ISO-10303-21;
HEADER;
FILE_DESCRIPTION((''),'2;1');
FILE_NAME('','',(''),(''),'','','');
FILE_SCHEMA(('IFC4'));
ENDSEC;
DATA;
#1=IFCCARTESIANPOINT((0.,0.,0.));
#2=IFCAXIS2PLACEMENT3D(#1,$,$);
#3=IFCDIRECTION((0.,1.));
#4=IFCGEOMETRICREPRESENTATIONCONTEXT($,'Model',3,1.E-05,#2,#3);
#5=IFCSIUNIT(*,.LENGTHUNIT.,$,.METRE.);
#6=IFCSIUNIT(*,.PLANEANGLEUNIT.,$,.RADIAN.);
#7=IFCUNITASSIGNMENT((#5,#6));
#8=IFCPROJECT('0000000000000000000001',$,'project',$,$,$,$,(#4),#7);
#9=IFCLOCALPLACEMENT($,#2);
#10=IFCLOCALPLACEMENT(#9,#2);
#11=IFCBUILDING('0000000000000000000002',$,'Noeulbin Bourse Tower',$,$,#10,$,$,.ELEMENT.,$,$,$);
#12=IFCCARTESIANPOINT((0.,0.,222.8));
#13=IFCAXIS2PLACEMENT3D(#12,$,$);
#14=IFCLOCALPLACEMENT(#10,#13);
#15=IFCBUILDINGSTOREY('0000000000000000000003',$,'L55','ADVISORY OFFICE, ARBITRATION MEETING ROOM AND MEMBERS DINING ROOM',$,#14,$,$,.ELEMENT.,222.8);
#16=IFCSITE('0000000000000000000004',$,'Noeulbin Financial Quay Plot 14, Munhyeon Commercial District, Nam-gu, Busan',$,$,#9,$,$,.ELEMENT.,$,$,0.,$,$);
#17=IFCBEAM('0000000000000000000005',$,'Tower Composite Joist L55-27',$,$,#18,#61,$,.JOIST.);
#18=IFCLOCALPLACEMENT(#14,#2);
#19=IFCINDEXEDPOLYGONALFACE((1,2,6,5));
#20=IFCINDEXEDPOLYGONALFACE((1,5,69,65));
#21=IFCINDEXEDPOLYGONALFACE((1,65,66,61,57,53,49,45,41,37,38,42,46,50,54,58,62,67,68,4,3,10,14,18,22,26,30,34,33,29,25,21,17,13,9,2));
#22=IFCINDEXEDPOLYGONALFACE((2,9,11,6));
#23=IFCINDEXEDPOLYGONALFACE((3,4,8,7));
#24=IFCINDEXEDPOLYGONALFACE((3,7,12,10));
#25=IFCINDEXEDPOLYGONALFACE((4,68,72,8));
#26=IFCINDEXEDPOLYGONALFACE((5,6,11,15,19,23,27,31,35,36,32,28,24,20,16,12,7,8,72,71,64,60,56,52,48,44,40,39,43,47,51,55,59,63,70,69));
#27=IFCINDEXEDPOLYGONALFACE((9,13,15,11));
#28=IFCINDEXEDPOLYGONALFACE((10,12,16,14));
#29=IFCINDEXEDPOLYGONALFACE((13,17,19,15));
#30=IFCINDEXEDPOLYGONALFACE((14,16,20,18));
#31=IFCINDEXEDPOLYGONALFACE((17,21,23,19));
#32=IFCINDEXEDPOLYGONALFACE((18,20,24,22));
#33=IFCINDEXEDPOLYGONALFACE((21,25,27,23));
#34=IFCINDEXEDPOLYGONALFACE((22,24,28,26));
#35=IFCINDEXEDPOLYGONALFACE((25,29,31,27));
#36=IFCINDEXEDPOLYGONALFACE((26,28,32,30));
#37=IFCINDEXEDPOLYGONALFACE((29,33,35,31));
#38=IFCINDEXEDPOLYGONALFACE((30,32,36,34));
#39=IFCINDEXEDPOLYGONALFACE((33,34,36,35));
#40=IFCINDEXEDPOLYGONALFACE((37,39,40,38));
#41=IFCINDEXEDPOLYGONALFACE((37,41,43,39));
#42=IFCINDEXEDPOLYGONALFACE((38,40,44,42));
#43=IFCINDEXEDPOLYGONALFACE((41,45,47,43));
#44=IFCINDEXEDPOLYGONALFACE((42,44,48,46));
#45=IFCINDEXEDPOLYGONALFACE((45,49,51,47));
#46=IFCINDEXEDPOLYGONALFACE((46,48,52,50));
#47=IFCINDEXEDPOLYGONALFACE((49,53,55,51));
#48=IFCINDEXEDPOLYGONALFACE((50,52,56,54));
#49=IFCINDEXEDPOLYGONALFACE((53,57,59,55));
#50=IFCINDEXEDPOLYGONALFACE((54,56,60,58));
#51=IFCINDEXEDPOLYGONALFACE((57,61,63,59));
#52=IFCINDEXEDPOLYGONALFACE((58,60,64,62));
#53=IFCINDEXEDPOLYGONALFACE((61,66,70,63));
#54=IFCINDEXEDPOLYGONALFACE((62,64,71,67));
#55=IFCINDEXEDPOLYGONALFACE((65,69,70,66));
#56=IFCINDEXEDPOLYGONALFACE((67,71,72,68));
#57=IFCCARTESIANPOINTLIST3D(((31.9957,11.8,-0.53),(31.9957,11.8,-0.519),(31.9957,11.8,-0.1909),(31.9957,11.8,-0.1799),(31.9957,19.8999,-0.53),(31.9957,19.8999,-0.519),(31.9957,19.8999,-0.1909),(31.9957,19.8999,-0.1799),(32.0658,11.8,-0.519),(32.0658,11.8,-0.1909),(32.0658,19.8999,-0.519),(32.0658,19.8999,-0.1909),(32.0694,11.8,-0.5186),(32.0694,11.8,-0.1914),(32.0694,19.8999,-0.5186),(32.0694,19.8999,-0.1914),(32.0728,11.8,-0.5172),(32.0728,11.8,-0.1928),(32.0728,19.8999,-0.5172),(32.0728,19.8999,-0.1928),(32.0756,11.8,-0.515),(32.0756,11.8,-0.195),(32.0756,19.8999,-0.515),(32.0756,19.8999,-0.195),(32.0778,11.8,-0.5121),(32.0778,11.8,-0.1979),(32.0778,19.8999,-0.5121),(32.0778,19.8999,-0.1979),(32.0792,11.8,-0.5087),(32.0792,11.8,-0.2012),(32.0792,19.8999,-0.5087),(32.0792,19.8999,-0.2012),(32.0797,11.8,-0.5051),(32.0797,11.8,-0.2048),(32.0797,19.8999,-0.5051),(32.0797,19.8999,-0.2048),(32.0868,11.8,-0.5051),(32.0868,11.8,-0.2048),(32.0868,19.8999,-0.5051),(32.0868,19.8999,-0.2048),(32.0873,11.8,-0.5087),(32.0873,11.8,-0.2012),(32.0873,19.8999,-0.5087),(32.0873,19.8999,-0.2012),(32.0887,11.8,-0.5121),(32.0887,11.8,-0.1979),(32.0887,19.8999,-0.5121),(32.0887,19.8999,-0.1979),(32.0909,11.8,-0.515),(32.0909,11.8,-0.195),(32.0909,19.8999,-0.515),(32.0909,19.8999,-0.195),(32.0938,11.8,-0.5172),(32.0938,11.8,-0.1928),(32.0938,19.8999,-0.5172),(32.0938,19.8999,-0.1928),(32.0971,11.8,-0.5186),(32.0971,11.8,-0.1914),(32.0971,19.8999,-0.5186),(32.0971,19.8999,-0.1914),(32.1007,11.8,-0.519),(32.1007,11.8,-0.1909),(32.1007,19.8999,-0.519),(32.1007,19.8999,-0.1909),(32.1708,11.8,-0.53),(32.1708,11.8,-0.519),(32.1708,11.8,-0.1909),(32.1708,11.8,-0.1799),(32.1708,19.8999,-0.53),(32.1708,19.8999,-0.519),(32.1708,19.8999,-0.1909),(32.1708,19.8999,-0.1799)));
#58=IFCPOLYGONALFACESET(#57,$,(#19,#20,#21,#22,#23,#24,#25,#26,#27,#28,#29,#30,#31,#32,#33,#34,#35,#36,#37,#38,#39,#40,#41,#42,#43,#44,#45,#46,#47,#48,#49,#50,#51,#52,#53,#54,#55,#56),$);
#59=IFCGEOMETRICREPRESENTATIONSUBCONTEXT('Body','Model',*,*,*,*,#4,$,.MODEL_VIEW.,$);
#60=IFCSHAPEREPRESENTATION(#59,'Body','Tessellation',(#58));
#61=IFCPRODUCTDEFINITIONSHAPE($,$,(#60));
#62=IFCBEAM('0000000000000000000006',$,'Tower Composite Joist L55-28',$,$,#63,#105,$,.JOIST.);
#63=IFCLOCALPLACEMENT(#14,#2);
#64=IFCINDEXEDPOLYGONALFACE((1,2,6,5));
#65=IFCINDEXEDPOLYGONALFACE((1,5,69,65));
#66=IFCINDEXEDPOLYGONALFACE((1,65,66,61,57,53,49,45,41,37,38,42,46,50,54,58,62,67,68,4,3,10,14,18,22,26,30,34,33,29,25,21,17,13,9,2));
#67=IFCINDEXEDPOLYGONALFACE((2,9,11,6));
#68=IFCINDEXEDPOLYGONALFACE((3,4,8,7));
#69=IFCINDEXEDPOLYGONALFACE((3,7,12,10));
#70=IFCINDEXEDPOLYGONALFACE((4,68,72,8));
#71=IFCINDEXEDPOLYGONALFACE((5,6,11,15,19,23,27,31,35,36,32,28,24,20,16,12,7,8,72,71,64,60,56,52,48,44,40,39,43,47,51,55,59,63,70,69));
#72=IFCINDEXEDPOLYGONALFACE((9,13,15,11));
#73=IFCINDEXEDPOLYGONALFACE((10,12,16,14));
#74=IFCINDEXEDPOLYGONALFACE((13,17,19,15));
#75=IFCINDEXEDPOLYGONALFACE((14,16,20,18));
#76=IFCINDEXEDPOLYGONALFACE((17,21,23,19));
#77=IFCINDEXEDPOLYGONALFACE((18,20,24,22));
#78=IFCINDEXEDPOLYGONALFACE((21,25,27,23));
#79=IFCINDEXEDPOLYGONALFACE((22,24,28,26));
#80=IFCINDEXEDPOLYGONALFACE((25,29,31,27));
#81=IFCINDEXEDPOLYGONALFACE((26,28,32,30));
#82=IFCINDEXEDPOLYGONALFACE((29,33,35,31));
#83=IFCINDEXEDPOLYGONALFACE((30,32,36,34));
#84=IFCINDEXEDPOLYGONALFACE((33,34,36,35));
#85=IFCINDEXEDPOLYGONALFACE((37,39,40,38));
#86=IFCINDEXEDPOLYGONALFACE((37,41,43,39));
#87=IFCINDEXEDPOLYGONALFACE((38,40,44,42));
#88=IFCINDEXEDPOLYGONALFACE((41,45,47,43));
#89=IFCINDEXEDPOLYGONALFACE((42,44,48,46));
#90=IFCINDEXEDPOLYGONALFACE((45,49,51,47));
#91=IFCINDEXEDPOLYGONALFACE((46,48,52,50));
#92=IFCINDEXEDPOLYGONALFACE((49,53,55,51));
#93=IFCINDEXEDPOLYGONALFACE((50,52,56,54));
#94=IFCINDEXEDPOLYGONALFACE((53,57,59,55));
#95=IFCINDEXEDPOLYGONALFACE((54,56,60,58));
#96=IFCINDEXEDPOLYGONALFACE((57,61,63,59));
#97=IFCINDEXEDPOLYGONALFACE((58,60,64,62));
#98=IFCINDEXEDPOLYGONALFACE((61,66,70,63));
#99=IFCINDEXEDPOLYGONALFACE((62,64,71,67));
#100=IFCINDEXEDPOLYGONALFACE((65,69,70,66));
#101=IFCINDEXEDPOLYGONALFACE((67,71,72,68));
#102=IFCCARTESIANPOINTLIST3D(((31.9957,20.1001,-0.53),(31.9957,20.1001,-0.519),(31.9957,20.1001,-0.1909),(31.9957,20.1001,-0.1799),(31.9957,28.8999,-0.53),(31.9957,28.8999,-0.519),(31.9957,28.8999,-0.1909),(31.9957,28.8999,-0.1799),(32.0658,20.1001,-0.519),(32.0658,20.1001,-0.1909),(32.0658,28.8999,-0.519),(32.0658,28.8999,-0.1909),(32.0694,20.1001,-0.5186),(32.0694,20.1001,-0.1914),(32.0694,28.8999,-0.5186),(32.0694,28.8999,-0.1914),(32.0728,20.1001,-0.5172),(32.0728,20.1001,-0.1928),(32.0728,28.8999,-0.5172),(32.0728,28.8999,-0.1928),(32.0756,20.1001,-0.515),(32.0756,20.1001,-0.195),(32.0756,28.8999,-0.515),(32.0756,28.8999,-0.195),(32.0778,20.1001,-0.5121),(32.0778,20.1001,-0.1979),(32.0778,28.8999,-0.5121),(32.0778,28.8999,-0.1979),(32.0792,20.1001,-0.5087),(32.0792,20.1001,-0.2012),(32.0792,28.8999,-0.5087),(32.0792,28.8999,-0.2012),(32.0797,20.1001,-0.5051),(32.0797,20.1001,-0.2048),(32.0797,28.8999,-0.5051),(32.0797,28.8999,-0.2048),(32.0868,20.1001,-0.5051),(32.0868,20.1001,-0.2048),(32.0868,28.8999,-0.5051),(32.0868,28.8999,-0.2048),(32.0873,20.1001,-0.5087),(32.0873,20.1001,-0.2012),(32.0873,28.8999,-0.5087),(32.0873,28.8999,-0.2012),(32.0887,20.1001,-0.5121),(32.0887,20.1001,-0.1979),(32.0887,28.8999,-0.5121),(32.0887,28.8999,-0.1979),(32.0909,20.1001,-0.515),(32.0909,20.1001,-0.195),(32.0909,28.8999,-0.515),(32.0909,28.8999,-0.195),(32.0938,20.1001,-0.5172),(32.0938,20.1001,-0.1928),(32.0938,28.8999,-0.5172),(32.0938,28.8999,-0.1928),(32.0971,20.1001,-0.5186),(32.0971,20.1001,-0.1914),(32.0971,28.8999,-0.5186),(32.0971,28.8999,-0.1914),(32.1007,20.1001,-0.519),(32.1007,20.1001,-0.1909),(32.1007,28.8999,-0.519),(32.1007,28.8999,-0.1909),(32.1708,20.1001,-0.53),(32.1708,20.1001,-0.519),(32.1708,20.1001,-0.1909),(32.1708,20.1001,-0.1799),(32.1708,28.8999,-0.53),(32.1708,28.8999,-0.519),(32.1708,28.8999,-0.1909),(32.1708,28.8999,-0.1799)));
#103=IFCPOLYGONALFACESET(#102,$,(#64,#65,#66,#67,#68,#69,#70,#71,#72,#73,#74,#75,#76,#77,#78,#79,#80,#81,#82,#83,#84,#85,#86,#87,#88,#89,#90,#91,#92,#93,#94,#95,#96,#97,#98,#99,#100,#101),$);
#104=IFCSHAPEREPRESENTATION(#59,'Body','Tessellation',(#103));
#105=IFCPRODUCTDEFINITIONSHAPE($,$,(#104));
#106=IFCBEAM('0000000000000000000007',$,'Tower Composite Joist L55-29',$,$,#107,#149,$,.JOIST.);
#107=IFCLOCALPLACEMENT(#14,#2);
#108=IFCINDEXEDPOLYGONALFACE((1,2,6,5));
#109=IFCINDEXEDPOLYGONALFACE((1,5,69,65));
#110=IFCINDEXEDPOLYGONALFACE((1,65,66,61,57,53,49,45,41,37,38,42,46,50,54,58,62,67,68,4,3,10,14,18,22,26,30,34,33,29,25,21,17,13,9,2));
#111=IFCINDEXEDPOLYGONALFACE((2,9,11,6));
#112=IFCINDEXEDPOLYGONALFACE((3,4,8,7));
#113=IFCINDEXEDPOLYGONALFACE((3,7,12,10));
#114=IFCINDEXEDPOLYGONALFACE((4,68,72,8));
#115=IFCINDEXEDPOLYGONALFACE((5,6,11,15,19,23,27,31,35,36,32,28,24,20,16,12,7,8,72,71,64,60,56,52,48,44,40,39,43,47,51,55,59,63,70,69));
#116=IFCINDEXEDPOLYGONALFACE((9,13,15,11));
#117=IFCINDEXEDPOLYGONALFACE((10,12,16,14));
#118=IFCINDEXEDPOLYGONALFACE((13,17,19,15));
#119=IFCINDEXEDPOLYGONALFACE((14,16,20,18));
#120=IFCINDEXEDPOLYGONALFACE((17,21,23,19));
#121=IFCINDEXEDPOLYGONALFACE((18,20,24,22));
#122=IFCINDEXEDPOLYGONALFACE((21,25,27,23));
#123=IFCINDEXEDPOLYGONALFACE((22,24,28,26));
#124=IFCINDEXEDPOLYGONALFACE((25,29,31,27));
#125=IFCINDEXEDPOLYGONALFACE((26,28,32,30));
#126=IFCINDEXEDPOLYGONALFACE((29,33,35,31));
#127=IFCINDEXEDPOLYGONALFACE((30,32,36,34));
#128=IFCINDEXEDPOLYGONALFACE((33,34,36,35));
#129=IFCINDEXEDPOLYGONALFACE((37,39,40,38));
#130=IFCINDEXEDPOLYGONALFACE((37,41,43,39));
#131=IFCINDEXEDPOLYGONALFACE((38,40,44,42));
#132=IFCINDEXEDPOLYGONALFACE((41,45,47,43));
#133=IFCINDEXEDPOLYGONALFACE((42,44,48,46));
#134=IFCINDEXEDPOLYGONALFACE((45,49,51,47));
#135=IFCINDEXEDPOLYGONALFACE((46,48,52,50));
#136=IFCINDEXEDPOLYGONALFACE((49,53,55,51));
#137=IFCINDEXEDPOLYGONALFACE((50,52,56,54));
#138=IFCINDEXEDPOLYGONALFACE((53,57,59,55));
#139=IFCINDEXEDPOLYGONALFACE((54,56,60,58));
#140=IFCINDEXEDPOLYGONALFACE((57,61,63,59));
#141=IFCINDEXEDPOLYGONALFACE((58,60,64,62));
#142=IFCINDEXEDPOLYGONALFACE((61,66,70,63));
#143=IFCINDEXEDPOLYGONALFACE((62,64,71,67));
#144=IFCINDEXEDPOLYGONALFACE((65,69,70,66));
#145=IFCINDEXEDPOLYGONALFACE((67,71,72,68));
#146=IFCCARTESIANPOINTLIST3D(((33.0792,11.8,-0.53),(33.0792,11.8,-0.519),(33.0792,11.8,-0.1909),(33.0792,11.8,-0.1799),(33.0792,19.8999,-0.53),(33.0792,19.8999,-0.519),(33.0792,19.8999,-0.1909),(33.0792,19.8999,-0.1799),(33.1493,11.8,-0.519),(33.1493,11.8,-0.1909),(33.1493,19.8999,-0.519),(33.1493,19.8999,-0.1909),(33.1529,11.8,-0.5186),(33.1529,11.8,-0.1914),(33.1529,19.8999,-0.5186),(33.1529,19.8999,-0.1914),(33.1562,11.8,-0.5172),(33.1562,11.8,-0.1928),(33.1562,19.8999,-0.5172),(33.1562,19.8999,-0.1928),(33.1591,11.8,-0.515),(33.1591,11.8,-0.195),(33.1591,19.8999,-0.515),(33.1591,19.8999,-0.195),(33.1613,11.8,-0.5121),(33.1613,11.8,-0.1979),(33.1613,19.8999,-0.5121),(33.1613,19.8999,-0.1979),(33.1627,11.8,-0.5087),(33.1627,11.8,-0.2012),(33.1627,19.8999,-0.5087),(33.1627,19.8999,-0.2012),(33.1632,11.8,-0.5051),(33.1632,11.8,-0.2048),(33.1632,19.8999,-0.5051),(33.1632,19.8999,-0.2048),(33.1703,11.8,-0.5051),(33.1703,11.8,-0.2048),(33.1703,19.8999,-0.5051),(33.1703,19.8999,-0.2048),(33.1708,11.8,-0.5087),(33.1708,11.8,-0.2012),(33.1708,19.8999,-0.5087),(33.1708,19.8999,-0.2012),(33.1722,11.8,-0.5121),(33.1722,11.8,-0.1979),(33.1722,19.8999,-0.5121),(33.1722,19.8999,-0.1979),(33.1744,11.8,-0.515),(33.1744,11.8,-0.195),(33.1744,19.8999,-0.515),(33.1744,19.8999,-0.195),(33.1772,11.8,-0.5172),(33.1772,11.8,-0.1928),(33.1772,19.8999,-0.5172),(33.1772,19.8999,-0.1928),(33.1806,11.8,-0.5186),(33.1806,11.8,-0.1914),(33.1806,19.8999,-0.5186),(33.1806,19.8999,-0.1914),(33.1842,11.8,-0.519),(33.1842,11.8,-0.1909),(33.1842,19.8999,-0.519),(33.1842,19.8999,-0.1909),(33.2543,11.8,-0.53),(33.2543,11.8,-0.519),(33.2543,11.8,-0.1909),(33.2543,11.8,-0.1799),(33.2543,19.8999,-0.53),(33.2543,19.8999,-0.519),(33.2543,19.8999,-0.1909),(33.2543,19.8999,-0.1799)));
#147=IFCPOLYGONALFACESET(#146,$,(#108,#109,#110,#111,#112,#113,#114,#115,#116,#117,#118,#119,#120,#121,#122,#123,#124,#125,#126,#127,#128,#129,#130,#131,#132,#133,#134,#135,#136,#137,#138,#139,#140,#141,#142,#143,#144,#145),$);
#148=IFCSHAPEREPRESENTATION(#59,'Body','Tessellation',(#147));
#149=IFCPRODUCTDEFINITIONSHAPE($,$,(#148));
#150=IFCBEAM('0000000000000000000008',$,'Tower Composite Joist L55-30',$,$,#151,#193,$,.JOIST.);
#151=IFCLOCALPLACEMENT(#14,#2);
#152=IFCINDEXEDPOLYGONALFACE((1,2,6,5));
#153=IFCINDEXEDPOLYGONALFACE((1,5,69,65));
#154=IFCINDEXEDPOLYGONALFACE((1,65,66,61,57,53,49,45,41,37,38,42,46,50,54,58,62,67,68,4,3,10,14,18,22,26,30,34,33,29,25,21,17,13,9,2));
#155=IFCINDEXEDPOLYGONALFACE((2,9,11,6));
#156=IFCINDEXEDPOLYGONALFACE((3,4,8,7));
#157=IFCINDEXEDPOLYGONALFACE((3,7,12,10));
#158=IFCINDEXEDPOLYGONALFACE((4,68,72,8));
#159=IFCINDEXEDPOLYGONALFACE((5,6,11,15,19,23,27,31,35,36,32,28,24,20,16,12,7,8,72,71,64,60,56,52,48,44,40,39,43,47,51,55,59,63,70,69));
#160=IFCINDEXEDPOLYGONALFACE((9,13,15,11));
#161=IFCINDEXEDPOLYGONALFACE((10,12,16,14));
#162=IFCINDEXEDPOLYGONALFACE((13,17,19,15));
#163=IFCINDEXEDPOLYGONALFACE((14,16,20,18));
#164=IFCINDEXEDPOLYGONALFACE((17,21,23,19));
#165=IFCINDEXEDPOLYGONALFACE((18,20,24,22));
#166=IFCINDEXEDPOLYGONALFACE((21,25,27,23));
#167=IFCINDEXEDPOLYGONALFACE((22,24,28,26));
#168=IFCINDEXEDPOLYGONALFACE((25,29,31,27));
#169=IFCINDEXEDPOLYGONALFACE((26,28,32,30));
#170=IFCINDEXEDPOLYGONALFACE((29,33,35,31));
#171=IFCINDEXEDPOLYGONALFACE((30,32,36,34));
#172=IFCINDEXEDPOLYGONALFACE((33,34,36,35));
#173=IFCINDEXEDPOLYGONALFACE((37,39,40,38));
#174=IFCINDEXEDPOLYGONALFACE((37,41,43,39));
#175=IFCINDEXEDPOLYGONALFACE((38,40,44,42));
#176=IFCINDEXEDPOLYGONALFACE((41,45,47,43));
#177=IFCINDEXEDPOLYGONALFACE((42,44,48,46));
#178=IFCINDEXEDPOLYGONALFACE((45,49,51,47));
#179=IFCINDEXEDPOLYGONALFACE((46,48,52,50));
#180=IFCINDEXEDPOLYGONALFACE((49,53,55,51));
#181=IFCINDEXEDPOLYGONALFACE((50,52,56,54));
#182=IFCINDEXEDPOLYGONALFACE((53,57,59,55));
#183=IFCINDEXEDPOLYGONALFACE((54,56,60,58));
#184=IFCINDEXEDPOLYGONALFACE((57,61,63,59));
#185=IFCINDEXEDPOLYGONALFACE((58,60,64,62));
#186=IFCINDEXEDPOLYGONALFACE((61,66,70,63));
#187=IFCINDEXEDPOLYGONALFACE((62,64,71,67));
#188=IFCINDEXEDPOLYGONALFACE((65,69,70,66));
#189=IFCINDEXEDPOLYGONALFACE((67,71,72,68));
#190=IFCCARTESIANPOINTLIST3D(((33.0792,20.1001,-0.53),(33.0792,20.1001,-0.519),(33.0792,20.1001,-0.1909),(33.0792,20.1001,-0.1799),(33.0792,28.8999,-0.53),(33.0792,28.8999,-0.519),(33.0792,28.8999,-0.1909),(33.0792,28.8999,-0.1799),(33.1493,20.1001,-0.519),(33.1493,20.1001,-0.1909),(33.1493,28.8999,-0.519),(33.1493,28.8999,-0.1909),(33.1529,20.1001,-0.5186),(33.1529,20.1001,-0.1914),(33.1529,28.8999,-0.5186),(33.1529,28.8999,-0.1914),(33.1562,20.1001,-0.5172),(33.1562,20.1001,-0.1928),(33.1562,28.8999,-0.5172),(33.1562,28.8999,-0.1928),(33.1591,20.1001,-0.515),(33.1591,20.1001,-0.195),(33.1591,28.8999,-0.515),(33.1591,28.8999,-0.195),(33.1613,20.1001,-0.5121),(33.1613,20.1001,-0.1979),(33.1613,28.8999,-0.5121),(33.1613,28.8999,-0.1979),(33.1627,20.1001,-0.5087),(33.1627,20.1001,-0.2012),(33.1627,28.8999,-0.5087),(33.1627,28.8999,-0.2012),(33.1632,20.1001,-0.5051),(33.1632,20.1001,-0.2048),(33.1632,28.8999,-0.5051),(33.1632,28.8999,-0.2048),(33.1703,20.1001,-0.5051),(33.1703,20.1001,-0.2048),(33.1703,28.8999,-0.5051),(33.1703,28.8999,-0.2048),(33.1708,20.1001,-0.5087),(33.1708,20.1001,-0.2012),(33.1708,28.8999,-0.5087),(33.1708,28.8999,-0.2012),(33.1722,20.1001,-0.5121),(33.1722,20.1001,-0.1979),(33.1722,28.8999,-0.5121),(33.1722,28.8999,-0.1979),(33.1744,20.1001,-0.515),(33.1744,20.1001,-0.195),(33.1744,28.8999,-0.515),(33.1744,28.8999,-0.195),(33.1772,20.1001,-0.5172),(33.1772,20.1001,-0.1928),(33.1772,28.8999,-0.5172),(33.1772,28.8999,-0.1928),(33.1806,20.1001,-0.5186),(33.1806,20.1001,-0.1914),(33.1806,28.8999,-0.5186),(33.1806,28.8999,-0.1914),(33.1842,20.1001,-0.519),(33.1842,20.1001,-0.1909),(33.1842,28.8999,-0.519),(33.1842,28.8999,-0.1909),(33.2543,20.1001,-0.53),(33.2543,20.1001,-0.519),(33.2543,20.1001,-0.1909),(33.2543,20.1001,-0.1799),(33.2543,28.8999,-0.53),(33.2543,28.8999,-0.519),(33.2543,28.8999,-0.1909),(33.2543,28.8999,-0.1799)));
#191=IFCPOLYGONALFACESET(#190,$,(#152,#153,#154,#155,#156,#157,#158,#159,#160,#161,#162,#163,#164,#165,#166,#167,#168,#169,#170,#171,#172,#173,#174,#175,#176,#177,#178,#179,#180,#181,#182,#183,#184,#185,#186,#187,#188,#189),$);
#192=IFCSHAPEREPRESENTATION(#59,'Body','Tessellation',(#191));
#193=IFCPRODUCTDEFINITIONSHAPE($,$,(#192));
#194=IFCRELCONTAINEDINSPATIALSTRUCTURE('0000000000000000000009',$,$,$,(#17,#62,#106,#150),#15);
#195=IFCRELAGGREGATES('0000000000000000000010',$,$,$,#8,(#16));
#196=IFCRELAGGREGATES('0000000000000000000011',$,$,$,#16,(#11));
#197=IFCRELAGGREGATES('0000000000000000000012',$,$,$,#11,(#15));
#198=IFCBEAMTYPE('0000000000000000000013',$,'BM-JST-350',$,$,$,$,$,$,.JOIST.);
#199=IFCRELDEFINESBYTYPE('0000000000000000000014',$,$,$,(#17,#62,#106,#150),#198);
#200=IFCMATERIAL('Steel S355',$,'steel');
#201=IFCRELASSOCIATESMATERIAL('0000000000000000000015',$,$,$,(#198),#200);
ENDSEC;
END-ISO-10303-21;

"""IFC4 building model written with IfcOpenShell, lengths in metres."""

from ifc_helpers import new_model, si_unit, direction, frame, origin, origin_2d, place, context, subcontext, project, spatial, i_section, extrude, material, material_profile, profile_set, type_object, element, save


model = new_model("IFC4")

# Units and contexts
model_context = context("Model", 3, precision=1e-05, world=origin(), true_north=direction((0.0, 1.0)))
body_context = subcontext(model_context, "Body", "Model", "MODEL_VIEW")
ifc_project = project(units=[si_unit("LENGTHUNIT", "METRE"), si_unit("PLANEANGLEUNIT", "RADIAN")], contexts=[model_context])

# Site, building, storey
site_placement = place(None, origin())
site = spatial("IfcSite", under=ifc_project, at=site_placement, Name="Noeulbin Financial Quay Plot 14, Munhyeon Commercial District, Nam-gu, Busan", CompositionType="ELEMENT", RefElevation=0.0)
building_placement = place(site_placement, origin())
building = spatial("IfcBuilding", under=site, at=building_placement, Name="Noeulbin Bourse Tower", CompositionType="ELEMENT")
storey_placement = place(building_placement, frame((0.0, 0.0, 222.8)))
storey = spatial("IfcBuildingStorey", under=building, at=storey_placement, Name="L55", Description="ADVISORY OFFICE, ARBITRATION MEETING ROOM AND MEMBERS DINING ROOM", CompositionType="ELEMENT", Elevation=222.8)

# Shared definitions
ifc_material_1 = material(Name="Steel S355", Category="steel")

# Beams
ifc_material_profile_1 = material_profile(ifc_material_1, i_section(OverallWidth=0.175, OverallDepth=0.3501, WebThickness=0.0071, FlangeThickness=0.011, FilletRadius=0.0139, at=origin_2d()), Name="H-350x175x7x11", Category="LoadBearing")
ifc_profile_set_1 = profile_set([ifc_material_profile_1], Name="Steel S355")
beam_type_1 = type_object("IfcBeamType", Name="BM-JST-350", PredefinedType="JOIST", material=ifc_profile_set_1)
beam_1_placement = place(storey_placement, frame((32.0833, 11.8, -0.355), z_axis=(0.0, 1.0, 0.0), x_axis=(-1.0, 0.0, 0.0)))
element("IfcBeam", 1, at=beam_1_placement, inside=storey, type_object=beam_type_1, Name="Tower Composite Joist L55-27", PredefinedType="JOIST", context=body_context, shape_type="SweptSolid", body=[
    extrude(i_section(OverallWidth=0.175, OverallDepth=0.3501, WebThickness=0.0071, FlangeThickness=0.011, FilletRadius=0.0139, at=origin_2d()), origin(), (0.0, 0.0, 1.0), 8.0999),
])
beam_2_placement = place(storey_placement, frame((32.0833, 20.1001, -0.355), z_axis=(0.0, 1.0, 0.0), x_axis=(-1.0, 0.0, 0.0)))
element("IfcBeam", 2, at=beam_2_placement, inside=storey, type_object=beam_type_1, Name="Tower Composite Joist L55-28", PredefinedType="JOIST", context=body_context, shape_type="SweptSolid", body=[
    extrude(i_section(OverallWidth=0.175, OverallDepth=0.3501, WebThickness=0.0071, FlangeThickness=0.011, FilletRadius=0.0139, at=origin_2d()), origin(), (0.0, 0.0, 1.0), 8.7998),
])
beam_3_placement = place(storey_placement, frame((33.1667, 11.8, -0.355), z_axis=(0.0, 1.0, 0.0), x_axis=(-1.0, 0.0, 0.0)))
element("IfcBeam", 3, at=beam_3_placement, inside=storey, type_object=beam_type_1, Name="Tower Composite Joist L55-29", PredefinedType="JOIST", context=body_context, shape_type="SweptSolid", body=[
    extrude(i_section(OverallWidth=0.175, OverallDepth=0.3501, WebThickness=0.0071, FlangeThickness=0.011, FilletRadius=0.0139, at=origin_2d()), origin(), (0.0, 0.0, 1.0), 8.0999),
])
beam_4_placement = place(storey_placement, frame((33.1667, 20.1001, -0.355), z_axis=(0.0, 1.0, 0.0), x_axis=(-1.0, 0.0, 0.0)))
element("IfcBeam", 4, at=beam_4_placement, inside=storey, type_object=beam_type_1, Name="Tower Composite Joist L55-30", PredefinedType="JOIST", context=body_context, shape_type="SweptSolid", body=[
    extrude(i_section(OverallWidth=0.175, OverallDepth=0.3501, WebThickness=0.0071, FlangeThickness=0.011, FilletRadius=0.0139, at=origin_2d()), origin(), (0.0, 0.0, 1.0), 8.7998),
])

save(model, "model.ifc")
